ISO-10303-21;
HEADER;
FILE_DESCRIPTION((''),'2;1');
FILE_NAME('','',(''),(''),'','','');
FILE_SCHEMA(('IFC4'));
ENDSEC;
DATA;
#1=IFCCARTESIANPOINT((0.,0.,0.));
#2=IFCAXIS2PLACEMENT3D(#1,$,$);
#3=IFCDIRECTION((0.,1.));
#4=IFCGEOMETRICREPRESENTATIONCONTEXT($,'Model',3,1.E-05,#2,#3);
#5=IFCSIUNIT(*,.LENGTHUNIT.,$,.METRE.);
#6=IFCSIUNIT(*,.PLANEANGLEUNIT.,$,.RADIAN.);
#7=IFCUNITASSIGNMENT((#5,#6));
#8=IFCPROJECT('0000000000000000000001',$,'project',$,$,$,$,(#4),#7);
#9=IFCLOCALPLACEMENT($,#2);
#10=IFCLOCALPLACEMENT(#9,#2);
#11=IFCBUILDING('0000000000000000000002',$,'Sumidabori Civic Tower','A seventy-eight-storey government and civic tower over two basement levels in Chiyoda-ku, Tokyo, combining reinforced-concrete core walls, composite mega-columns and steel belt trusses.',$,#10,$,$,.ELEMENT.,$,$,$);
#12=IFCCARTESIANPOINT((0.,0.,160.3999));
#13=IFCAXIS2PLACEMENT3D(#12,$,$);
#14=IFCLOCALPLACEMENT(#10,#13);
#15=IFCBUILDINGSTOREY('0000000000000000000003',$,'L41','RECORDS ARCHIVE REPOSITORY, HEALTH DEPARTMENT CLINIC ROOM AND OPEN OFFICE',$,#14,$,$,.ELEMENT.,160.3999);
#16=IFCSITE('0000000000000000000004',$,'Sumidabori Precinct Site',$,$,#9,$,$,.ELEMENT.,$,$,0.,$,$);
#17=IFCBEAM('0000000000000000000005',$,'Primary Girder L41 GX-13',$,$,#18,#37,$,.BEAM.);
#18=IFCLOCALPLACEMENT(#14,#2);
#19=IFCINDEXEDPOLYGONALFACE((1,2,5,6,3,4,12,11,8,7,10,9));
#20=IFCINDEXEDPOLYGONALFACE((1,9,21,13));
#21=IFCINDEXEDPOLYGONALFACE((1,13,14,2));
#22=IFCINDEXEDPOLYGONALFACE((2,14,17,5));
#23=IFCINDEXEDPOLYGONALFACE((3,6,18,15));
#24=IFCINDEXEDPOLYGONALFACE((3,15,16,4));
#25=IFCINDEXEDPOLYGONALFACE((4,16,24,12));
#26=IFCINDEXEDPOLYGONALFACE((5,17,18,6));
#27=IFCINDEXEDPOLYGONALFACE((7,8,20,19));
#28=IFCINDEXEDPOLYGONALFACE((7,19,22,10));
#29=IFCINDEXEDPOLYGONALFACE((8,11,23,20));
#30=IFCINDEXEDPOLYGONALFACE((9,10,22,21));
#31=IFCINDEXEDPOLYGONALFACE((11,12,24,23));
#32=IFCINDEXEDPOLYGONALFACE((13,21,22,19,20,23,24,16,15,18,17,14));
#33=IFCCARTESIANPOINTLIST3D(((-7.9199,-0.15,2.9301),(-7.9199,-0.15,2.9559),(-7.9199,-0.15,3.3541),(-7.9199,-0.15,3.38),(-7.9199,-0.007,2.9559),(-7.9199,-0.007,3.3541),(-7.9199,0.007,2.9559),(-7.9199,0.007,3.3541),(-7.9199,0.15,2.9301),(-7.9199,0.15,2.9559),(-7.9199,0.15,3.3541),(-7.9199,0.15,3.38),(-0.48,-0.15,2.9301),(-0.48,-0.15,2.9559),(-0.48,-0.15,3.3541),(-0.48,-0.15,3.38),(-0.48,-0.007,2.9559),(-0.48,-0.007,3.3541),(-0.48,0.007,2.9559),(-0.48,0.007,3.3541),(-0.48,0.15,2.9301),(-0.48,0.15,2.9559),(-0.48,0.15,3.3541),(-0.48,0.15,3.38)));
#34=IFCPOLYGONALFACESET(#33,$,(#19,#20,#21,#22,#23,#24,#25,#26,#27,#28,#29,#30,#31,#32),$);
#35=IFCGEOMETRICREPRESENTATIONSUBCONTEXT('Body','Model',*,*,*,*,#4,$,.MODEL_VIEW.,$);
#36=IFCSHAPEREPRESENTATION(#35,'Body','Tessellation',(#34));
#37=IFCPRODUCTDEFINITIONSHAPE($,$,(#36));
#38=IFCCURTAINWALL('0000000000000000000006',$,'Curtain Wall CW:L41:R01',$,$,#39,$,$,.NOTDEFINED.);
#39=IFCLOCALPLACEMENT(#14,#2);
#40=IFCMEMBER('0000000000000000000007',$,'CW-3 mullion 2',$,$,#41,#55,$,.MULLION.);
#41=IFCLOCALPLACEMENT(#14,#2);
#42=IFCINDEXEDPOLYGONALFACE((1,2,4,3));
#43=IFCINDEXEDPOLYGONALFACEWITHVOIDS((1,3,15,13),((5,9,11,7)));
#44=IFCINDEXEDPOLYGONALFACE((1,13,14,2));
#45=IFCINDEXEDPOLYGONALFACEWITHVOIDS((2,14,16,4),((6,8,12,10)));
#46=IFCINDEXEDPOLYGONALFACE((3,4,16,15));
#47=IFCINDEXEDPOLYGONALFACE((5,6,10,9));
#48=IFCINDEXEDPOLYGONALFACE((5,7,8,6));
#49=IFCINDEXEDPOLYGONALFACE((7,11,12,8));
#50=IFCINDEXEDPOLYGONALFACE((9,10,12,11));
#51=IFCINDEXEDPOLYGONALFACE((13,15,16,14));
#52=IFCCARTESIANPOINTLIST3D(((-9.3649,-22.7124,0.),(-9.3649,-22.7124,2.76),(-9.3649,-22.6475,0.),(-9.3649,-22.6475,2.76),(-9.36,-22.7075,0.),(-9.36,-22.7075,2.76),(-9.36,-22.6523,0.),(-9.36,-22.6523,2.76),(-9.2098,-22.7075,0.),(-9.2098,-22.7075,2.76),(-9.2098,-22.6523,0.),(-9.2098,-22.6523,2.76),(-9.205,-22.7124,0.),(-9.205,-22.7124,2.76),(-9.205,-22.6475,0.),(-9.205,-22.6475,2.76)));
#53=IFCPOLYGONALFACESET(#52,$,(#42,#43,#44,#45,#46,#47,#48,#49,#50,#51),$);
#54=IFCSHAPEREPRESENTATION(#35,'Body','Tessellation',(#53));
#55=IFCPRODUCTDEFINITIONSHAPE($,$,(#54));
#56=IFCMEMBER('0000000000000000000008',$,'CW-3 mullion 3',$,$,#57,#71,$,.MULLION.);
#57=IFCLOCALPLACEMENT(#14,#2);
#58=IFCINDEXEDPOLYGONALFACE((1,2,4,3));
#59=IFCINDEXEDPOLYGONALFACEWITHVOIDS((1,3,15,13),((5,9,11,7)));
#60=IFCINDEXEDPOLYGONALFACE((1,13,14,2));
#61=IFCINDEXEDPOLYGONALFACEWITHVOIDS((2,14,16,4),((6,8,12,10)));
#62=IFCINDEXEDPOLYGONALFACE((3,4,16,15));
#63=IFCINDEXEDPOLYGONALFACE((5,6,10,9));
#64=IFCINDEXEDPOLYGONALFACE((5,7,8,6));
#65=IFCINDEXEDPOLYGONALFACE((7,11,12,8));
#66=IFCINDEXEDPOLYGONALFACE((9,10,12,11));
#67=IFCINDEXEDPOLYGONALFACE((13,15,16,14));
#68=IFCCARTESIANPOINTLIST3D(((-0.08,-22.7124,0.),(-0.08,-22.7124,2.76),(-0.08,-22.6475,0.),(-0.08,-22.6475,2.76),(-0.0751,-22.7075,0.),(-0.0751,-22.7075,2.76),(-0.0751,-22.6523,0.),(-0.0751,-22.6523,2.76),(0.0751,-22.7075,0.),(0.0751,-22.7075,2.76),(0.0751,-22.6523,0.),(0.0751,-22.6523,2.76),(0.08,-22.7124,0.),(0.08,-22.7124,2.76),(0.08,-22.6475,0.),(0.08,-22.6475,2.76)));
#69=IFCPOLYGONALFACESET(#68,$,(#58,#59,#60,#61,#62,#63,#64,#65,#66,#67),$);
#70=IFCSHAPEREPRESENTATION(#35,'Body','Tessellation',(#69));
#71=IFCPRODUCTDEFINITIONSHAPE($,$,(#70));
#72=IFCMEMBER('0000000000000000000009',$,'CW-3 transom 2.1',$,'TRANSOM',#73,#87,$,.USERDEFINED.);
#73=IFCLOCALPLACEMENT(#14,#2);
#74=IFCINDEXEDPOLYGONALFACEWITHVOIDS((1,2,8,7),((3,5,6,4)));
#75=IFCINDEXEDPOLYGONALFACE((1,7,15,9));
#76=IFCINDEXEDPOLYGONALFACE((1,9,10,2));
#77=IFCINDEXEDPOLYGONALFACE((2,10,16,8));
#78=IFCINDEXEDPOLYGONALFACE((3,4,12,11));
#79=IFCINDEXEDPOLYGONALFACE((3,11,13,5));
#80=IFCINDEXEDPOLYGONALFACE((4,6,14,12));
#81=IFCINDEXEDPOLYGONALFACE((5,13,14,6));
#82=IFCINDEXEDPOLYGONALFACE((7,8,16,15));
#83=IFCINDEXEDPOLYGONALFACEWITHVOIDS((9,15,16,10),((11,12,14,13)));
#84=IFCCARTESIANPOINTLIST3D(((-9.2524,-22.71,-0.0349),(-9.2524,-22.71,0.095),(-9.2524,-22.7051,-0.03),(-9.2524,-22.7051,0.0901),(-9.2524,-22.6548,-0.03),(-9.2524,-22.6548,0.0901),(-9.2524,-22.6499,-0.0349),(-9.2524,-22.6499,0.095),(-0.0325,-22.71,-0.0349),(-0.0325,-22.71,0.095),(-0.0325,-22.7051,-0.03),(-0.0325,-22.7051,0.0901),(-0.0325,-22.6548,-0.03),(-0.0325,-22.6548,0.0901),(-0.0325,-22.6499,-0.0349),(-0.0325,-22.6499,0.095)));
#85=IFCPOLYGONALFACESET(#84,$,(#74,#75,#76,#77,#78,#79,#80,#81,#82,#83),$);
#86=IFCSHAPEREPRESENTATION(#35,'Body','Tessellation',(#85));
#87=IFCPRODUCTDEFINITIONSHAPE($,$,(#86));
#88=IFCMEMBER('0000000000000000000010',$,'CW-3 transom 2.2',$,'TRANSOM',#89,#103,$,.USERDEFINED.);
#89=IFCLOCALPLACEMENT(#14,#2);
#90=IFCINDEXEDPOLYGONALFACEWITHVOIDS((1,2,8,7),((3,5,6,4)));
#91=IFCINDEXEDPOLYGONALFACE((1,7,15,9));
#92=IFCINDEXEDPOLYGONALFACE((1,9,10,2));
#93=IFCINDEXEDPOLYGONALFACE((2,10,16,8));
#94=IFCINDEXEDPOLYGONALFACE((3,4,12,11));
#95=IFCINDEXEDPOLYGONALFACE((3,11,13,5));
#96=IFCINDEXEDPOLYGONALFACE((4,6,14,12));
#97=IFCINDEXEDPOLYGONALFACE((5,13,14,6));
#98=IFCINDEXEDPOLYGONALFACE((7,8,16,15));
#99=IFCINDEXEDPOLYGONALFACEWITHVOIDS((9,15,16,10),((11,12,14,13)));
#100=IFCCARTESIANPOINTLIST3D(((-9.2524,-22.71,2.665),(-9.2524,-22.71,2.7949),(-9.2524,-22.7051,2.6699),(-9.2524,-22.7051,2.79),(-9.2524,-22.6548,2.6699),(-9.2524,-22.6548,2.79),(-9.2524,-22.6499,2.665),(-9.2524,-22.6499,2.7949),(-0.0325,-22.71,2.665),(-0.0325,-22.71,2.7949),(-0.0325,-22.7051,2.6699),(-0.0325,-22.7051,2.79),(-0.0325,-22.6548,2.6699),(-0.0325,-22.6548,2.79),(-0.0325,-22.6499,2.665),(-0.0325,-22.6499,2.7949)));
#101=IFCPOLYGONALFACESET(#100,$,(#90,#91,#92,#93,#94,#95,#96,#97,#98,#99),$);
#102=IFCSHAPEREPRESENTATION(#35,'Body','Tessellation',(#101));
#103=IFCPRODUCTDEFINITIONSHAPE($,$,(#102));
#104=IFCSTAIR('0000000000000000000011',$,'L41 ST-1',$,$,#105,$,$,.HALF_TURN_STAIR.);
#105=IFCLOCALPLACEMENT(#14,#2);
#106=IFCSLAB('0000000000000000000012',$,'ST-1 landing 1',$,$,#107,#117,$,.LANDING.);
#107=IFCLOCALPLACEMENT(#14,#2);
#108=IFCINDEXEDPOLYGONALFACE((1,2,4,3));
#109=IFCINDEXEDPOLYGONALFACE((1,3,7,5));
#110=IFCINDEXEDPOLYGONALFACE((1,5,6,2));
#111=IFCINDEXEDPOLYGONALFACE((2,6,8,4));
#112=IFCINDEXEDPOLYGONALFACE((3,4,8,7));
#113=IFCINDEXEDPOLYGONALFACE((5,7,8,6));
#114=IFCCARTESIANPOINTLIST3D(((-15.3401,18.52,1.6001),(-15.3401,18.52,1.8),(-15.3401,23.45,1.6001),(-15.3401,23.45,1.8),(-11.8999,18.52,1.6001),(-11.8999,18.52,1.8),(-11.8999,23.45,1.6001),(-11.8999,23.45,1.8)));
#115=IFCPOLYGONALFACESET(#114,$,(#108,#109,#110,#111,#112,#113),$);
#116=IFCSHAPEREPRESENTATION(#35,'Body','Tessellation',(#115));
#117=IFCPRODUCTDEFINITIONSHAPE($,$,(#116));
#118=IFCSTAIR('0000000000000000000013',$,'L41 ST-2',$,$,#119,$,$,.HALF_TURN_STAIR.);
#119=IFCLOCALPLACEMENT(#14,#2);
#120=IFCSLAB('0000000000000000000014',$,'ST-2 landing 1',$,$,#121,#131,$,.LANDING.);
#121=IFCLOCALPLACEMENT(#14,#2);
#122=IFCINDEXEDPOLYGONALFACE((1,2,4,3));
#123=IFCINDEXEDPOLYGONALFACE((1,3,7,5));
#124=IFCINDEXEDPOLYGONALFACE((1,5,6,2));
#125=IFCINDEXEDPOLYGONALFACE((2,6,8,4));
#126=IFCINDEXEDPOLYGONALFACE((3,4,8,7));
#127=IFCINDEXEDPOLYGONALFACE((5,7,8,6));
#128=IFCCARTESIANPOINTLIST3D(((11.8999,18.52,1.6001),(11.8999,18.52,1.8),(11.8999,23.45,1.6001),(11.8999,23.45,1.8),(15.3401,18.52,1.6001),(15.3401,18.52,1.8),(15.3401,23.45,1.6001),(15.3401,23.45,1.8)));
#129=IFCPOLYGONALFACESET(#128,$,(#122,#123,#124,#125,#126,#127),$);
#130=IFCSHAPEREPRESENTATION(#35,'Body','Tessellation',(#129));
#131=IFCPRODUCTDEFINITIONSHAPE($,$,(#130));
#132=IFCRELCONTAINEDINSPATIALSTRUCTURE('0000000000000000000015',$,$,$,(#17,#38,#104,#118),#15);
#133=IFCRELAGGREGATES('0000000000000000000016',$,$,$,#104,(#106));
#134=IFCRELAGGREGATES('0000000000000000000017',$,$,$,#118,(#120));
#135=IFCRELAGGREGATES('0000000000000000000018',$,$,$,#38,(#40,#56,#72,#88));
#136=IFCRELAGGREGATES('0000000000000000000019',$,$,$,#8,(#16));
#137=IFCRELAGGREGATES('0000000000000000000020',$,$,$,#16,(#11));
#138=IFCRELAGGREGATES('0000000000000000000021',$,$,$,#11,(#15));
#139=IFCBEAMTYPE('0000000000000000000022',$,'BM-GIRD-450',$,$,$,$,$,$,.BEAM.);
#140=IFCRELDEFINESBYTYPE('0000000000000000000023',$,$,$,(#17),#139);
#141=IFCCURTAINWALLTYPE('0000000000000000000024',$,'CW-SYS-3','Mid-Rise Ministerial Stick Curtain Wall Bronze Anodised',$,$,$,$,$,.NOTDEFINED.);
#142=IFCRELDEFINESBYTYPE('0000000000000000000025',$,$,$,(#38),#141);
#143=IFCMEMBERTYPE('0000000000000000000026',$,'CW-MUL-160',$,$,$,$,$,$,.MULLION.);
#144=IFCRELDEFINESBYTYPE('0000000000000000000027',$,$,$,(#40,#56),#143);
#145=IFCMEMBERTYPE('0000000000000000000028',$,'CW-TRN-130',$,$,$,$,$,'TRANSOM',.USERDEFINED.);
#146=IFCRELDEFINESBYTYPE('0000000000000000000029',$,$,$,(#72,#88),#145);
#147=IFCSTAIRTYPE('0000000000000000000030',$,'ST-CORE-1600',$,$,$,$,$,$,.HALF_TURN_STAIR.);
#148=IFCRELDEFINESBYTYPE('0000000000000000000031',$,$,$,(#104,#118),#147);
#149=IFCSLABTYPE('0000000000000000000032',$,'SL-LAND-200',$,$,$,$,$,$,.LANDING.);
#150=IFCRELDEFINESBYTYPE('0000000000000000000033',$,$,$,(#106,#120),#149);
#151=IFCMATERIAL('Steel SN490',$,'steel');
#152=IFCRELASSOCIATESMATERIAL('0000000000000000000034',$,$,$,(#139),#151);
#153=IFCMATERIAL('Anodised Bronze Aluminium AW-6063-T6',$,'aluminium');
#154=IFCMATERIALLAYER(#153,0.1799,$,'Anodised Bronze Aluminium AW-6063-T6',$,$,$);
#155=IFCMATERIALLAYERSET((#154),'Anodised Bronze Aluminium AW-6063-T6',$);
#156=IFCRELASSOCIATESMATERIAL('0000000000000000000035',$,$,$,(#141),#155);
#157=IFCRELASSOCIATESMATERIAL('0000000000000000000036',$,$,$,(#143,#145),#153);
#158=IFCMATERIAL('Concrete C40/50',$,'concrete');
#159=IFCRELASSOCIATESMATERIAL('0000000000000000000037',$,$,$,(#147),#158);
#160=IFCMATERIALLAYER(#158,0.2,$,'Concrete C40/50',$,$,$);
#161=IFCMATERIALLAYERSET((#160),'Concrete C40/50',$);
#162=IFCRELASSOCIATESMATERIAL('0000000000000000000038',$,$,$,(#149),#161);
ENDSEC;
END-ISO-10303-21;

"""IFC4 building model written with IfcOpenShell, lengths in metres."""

from ifc_helpers import new_model, si_unit, direction, frame, origin, origin_2d, place, context, subcontext, project, spatial, polyline, hollow_rectangle, i_section, outline, extrude, source, transform, mapped, material, layer, layer_set, material_profile, profile_set, type_object, element, aggregate, save


model = new_model("IFC4")

# Units and contexts
model_context = context("Model", 3, precision=1e-05, world=origin(), true_north=direction((0.0, 1.0)))
body_context = subcontext(model_context, "Body", "Model", "MODEL_VIEW")
ifc_project = project(units=[si_unit("LENGTHUNIT", "METRE"), si_unit("PLANEANGLEUNIT", "RADIAN")], contexts=[model_context])

# Site, building, storey
site_placement = place(None, origin())
site = spatial("IfcSite", under=ifc_project, at=site_placement, Name="Sumidabori Precinct Site", CompositionType="ELEMENT", RefElevation=0.0)
building_placement = place(site_placement, origin())
building = spatial("IfcBuilding", under=site, at=building_placement, Name="Sumidabori Civic Tower", Description="A seventy-eight-storey government and civic tower over two basement levels in Chiyoda-ku, Tokyo, combining reinforced-concrete core walls, composite mega-columns and steel belt trusses.", CompositionType="ELEMENT")
storey_placement = place(building_placement, frame((0.0, 0.0, 160.3999)))
storey = spatial("IfcBuildingStorey", under=building, at=storey_placement, Name="L41", Description="RECORDS ARCHIVE REPOSITORY, HEALTH DEPARTMENT CLINIC ROOM AND OPEN OFFICE", CompositionType="ELEMENT", Elevation=160.3999)

# Beam
ifc_material_1 = material(Name="Steel SN490", Category="steel")
ifc_material_profile_1 = material_profile(ifc_material_1, i_section(OverallWidth=0.3, OverallDepth=0.45, WebThickness=0.0139, FlangeThickness=0.0259, at=origin_2d()), Name="HE 450 B")
ifc_profile_set_1 = profile_set([ifc_material_profile_1], Name="Steel SN490")
beam_type_1 = type_object("IfcBeamType", Name="BM-GIRD-450", PredefinedType="BEAM", material=ifc_profile_set_1)
shared_shape_1 = source(origin(), body_context, "Body", "SweptSolid", [
    extrude(i_section(OverallWidth=0.3, OverallDepth=0.45, WebThickness=0.0139, FlangeThickness=0.0259, at=origin_2d()), origin(), (0.0, 0.0, 1.0), 7.4399),
])
for number, where, z_axis, x_axis, name in (
    (1, (-7.9199, 0.0, 3.155), (1.0, 0.0, 0.0), (0.0, 1.0, 0.0), "Primary Girder L41 GX-13"),
):
    element("IfcBeam", number, at=place(storey_placement, frame(where, z_axis=z_axis, x_axis=x_axis)), inside=storey, type_object=beam_type_1, Name=name, PredefinedType="BEAM", context=body_context, shape_type="MappedRepresentation", body=[
        mapped(shared_shape_1, transform((0.0, 0.0, 0.0), x_axis=(1.0, 0.0, 0.0), y_axis=(0.0, 1.0, 0.0), z_axis=(0.0, 0.0, 1.0), scale=1.0)),
    ])

# Curtain wall, members
ifc_material_2 = material(Name="Anodised Bronze Aluminium AW-6063-T6", Category="aluminium")
ifc_layer_1 = layer(ifc_material_2, 0.1799, Name="Anodised Bronze Aluminium AW-6063-T6")
ifc_layer_set_1 = layer_set([ifc_layer_1], Name="Anodised Bronze Aluminium AW-6063-T6")
curtain_wall_type = type_object("IfcCurtainWallType", Name="CW-SYS-3", Description="Mid-Rise Ministerial Stick Curtain Wall Bronze Anodised", PredefinedType="NOTDEFINED", material=ifc_layer_set_1)
curtain_wall_placement = place(storey_placement, origin())
curtain_wall = element("IfcCurtainWall", 2, at=curtain_wall_placement, inside=storey, type_object=curtain_wall_type, Name="Curtain Wall CW:L41:R01", PredefinedType="NOTDEFINED")
ifc_material_profile_2 = material_profile(ifc_material_2, hollow_rectangle(XDim=0.0649, YDim=0.1599, WallThickness=0.0049, at=origin_2d()), Name="ALU MULLION 160x65")
ifc_profile_set_2 = profile_set([ifc_material_profile_2], Name="Anodised Bronze Aluminium AW-6063-T6")
member_type_1 = type_object("IfcMemberType", Name="CW-MUL-160", PredefinedType="MULLION", material=ifc_profile_set_2)
shared_shape_2 = source(origin(), body_context, "Body", "SweptSolid", [
    extrude(hollow_rectangle(XDim=0.0649, YDim=0.1599, WallThickness=0.0049, at=origin_2d()), origin(), (0.0, 0.0, 1.0), 2.76),
])
member_1_placement = place(storey_placement, frame((-9.2849, -22.6799, 0.0), z_axis=(0.0, 0.0, 1.0), x_axis=(0.0, 1.0, 0.0)))
member_1 = element("IfcMember", 3, at=member_1_placement, type_object=member_type_1, Name="CW-3 mullion 2", PredefinedType="MULLION", context=body_context, shape_type="MappedRepresentation", body=[
    mapped(shared_shape_2, transform((0.0, 0.0, 0.0), x_axis=(1.0, 0.0, 0.0), y_axis=(0.0, 1.0, 0.0), z_axis=(0.0, 0.0, 1.0), scale=1.0)),
])
member_2_placement = place(storey_placement, frame((0.0, -22.6799, 0.0), z_axis=(0.0, 0.0, 1.0), x_axis=(0.0, 1.0, 0.0)))
member_2 = element("IfcMember", 4, at=member_2_placement, type_object=member_type_1, Name="CW-3 mullion 3", PredefinedType="MULLION", context=body_context, shape_type="MappedRepresentation", body=[
    mapped(shared_shape_2, transform((0.0, 0.0, 0.0), x_axis=(1.0, 0.0, 0.0), y_axis=(0.0, 1.0, 0.0), z_axis=(0.0, 0.0, 1.0), scale=1.0)),
])
ifc_material_profile_3 = material_profile(ifc_material_2, hollow_rectangle(XDim=0.0601, YDim=0.1299, WallThickness=0.0049, at=origin_2d()), Name="ALU TRANSOM 130x60")
ifc_profile_set_3 = profile_set([ifc_material_profile_3], Name="Anodised Bronze Aluminium AW-6063-T6")
member_type_2 = type_object("IfcMemberType", Name="CW-TRN-130", ElementType="TRANSOM", PredefinedType="USERDEFINED", material=ifc_profile_set_3)
shared_shape_3 = source(origin(), body_context, "Body", "SweptSolid", [
    extrude(hollow_rectangle(XDim=0.0601, YDim=0.1299, WallThickness=0.0049, at=origin_2d()), origin(), (0.0, 0.0, 1.0), 9.22),
])
member_3_placement = place(storey_placement, frame((-9.2524, -22.6799, 0.03), z_axis=(1.0, 0.0, 0.0), x_axis=(0.0, 1.0, 0.0)))
member_3 = element("IfcMember", 5, at=member_3_placement, type_object=member_type_2, Name="CW-3 transom 2.1", ObjectType="TRANSOM", PredefinedType="USERDEFINED", context=body_context, shape_type="MappedRepresentation", body=[
    mapped(shared_shape_3, transform((0.0, 0.0, 0.0), x_axis=(1.0, 0.0, 0.0), y_axis=(0.0, 1.0, 0.0), z_axis=(0.0, 0.0, 1.0), scale=1.0)),
])
member_4_placement = place(storey_placement, frame((-9.2524, -22.6799, 2.73), z_axis=(1.0, 0.0, 0.0), x_axis=(0.0, 1.0, 0.0)))
member_4 = element("IfcMember", 6, at=member_4_placement, type_object=member_type_2, Name="CW-3 transom 2.2", ObjectType="TRANSOM", PredefinedType="USERDEFINED", context=body_context, shape_type="MappedRepresentation", body=[
    mapped(shared_shape_3, transform((0.0, 0.0, 0.0), x_axis=(1.0, 0.0, 0.0), y_axis=(0.0, 1.0, 0.0), z_axis=(0.0, 0.0, 1.0), scale=1.0)),
])

# Stairs, slabs
ifc_material_3 = material(Name="Concrete C40/50", Category="concrete")
stair_type = type_object("IfcStairType", Name="ST-CORE-1600", PredefinedType="HALF_TURN_STAIR", material=ifc_material_3)
stair_1_placement = place(storey_placement, origin())
stair_1 = element("IfcStair", 7, at=stair_1_placement, inside=storey, type_object=stair_type, Name="L41 ST-1", PredefinedType="HALF_TURN_STAIR")
ifc_layer_2 = layer(ifc_material_3, 0.2, Name="Concrete C40/50")
ifc_layer_set_2 = layer_set([ifc_layer_2], Name="Concrete C40/50")
slab_type_1 = type_object("IfcSlabType", Name="SL-LAND-200", PredefinedType="LANDING", material=ifc_layer_set_2)
slab_1_placement = place(storey_placement, frame((0.0, 0.0, 1.6001)))
slab_1 = element("IfcSlab", 8, at=slab_1_placement, type_object=slab_type_1, Name="ST-1 landing 1", PredefinedType="LANDING", context=body_context, shape_type="SweptSolid", body=[
    extrude(outline(polyline([(-11.8999, 18.52), (-11.8999, 23.45), (-15.3401, 23.45), (-15.3401, 18.52), (-11.8999, 18.52)])), origin(), (0.0, 0.0, 1.0), 0.2),
])
aggregate(stair_1, [slab_1])
stair_2_placement = place(storey_placement, origin())
stair_2 = element("IfcStair", 9, at=stair_2_placement, inside=storey, type_object=stair_type, Name="L41 ST-2", PredefinedType="HALF_TURN_STAIR")
slab_2_placement = place(storey_placement, frame((0.0, 0.0, 1.6001)))
slab_2 = element("IfcSlab", 10, at=slab_2_placement, type_object=slab_type_1, Name="ST-2 landing 1", PredefinedType="LANDING", context=body_context, shape_type="SweptSolid", body=[
    extrude(outline(polyline([(15.3401, 18.52), (15.3401, 23.45), (11.8999, 23.45), (11.8999, 18.52), (15.3401, 18.52)])), origin(), (0.0, 0.0, 1.0), 0.2),
])
aggregate(stair_2, [slab_2])

aggregate(curtain_wall, [member_1, member_2, member_3, member_4])

save(model, "model.ifc")
